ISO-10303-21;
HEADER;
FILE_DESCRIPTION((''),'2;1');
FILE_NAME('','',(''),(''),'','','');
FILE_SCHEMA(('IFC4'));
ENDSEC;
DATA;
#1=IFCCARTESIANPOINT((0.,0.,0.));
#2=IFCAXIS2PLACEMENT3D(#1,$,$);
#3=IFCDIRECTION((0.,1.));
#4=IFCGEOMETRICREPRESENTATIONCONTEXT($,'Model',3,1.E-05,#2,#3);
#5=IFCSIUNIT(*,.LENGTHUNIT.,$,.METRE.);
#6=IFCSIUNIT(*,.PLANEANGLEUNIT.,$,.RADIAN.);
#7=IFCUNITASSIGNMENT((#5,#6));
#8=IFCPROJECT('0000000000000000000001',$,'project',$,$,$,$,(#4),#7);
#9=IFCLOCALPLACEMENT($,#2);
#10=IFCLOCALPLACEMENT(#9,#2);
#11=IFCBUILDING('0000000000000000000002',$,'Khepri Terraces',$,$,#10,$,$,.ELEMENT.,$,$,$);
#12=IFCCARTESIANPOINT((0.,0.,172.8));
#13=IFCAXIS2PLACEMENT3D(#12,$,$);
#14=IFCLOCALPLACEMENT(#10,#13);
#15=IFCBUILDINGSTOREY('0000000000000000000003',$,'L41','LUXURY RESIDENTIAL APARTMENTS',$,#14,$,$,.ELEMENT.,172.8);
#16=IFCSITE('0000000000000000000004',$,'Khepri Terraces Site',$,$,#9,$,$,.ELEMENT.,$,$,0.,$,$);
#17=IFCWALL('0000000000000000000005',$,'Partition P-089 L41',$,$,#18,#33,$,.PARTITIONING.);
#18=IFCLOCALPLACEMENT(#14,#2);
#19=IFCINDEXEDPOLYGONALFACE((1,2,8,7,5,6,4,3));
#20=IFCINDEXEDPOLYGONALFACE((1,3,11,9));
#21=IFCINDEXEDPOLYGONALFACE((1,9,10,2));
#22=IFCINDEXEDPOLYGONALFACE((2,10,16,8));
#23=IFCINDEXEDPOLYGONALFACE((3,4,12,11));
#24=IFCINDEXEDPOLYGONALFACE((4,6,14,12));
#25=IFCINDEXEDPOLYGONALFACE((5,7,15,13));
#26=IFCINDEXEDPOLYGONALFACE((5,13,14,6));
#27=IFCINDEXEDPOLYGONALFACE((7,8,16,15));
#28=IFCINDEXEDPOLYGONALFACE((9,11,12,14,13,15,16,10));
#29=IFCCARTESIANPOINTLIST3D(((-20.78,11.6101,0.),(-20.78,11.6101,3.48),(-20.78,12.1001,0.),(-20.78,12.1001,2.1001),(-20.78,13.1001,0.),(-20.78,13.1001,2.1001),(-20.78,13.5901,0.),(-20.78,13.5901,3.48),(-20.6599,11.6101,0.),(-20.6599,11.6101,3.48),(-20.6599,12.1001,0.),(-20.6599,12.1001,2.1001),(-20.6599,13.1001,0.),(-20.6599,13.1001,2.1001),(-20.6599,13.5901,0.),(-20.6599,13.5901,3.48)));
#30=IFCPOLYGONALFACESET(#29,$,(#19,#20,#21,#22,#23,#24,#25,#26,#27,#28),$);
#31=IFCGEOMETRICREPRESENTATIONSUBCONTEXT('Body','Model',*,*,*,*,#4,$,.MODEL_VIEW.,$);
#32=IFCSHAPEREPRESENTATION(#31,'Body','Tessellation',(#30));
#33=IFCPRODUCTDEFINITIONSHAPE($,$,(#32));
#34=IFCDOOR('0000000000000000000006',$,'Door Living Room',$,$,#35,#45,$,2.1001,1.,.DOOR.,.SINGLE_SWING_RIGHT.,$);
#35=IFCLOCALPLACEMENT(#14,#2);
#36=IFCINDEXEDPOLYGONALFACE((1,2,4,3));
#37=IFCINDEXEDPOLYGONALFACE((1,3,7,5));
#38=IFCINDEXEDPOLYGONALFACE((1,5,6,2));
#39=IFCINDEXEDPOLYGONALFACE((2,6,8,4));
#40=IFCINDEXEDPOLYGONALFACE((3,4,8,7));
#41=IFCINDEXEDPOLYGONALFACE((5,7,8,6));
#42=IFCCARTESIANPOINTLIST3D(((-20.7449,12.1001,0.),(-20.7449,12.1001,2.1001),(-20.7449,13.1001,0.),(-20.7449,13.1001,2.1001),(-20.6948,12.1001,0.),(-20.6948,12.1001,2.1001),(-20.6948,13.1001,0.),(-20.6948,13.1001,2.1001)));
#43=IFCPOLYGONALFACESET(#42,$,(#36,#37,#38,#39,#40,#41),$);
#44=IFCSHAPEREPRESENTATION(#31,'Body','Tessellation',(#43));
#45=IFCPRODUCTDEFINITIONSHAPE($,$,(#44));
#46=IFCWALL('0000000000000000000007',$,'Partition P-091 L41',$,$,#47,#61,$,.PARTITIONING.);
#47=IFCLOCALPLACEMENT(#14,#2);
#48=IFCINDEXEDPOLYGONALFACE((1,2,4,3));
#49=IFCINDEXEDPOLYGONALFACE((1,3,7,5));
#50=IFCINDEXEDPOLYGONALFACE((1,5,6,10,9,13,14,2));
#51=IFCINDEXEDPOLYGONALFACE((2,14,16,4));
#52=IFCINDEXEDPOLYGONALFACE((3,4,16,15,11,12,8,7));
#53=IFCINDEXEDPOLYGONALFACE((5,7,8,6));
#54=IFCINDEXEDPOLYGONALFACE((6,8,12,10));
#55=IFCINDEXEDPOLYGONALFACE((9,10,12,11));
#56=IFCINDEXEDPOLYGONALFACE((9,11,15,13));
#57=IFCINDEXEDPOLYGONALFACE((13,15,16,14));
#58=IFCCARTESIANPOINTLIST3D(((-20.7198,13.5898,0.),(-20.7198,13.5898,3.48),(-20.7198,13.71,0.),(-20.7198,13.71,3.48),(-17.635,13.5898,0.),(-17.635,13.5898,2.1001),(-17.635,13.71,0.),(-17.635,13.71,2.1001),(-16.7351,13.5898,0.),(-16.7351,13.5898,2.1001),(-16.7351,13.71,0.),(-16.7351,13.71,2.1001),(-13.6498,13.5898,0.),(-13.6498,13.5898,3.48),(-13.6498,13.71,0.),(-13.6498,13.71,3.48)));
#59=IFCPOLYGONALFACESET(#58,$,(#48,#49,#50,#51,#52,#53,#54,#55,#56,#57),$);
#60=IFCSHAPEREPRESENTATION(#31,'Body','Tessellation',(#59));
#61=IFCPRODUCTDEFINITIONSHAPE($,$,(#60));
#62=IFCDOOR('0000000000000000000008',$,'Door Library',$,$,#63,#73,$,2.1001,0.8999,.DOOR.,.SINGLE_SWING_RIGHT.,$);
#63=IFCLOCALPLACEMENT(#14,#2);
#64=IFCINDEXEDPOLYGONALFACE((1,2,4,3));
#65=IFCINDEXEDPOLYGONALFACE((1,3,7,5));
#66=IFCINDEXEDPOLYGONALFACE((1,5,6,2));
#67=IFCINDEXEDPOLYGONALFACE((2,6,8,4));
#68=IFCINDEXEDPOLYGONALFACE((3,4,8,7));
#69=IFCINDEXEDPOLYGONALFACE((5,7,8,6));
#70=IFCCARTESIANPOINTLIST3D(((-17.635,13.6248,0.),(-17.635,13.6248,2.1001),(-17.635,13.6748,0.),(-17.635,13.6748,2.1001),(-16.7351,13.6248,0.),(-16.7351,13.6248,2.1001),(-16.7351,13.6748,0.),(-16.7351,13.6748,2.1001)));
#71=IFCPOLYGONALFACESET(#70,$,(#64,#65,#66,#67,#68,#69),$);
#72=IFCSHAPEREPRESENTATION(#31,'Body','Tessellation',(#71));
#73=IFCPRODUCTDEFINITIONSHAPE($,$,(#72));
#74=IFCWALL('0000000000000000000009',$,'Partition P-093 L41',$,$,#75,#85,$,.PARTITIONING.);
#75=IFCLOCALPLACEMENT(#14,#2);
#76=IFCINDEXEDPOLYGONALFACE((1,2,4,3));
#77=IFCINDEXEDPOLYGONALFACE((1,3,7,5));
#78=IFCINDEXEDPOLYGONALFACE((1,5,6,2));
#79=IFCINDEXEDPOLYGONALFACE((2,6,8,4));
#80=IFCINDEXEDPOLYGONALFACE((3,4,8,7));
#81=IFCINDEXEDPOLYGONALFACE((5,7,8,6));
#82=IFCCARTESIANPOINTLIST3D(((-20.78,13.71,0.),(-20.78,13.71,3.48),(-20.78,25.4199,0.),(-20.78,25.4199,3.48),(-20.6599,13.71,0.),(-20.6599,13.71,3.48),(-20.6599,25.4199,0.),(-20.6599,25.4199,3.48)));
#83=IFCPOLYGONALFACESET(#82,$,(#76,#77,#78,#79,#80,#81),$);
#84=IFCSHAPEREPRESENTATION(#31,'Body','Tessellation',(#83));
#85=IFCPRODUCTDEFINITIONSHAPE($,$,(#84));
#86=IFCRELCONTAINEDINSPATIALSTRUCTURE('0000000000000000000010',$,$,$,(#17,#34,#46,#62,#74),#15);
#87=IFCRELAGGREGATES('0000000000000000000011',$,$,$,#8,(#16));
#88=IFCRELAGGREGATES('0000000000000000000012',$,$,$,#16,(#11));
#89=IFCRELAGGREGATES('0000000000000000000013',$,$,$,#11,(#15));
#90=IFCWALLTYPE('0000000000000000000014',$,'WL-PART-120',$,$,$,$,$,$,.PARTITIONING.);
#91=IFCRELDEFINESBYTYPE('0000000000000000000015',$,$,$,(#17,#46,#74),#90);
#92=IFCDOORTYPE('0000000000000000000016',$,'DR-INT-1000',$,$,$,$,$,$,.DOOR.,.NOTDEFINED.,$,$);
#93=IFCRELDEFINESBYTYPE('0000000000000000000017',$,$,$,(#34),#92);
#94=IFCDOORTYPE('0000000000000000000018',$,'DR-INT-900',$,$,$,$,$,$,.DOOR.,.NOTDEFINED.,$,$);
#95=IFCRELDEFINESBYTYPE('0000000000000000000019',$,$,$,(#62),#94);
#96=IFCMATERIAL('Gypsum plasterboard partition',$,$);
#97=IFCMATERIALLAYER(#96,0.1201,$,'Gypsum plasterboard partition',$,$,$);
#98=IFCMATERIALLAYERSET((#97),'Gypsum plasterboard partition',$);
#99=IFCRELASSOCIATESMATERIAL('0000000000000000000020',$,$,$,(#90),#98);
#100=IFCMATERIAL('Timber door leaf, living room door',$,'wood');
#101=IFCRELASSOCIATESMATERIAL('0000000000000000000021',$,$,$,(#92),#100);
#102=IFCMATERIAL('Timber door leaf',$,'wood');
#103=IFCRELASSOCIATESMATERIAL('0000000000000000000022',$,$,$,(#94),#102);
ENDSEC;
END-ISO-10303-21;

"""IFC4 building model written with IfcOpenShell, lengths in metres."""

from ifc_helpers import new_model, si_unit, direction, frame, frame_2d, origin, place, context, subcontext, project, spatial, rectangle, extrude, material, layer, layer_set, type_object, element, fill, save


model = new_model("IFC4")

# Units and contexts
model_context = context("Model", 3, precision=1e-05, world=origin(), true_north=direction((0.0, 1.0)))
body_context = subcontext(model_context, "Body", "Model", "MODEL_VIEW")
ifc_project = project(units=[si_unit("LENGTHUNIT", "METRE"), si_unit("PLANEANGLEUNIT", "RADIAN")], contexts=[model_context])

# Site, building, storey
site_placement = place(None, origin())
site = spatial("IfcSite", under=ifc_project, at=site_placement, Name="Khepri Terraces Site", CompositionType="ELEMENT", RefElevation=0.0)
building_placement = place(site_placement, origin())
building = spatial("IfcBuilding", under=site, at=building_placement, Name="Khepri Terraces", CompositionType="ELEMENT")
storey_placement = place(building_placement, frame((0.0, 0.0, 172.8)))
storey = spatial("IfcBuildingStorey", under=building, at=storey_placement, Name="L41", Description="LUXURY RESIDENTIAL APARTMENTS", CompositionType="ELEMENT", Elevation=172.8)

# Shared definitions
ifc_material_1 = material(Name="Gypsum plasterboard partition")
ifc_layer_1 = layer(ifc_material_1, 0.1201, Name="Gypsum plasterboard partition")
ifc_layer_set_1 = layer_set([ifc_layer_1], Name="Gypsum plasterboard partition")
wall_type_1 = type_object("IfcWallType", Name="WL-PART-120", PredefinedType="PARTITIONING", material=ifc_layer_set_1)

# Walls, openings, doors
wall_1_placement = place(storey_placement, frame((-20.72, 11.6101, 0.0), z_axis=(0.0, 0.0, 1.0), x_axis=(0.0, 1.0, 0.0)))
wall_1 = element("IfcWall", 1, at=wall_1_placement, inside=storey, type_object=wall_type_1, Name="Partition P-089 L41", PredefinedType="PARTITIONING", context=body_context, shape_type="SweptSolid", body=[
    extrude(rectangle(XDim=1.98, YDim=0.1201, at=frame_2d((0.99, 0.0))), origin(), (0.0, 0.0, 1.0), 3.48),
])
opening_1_placement = place(wall_1_placement, frame((0.49, 0.0, 0.0)))
opening_1 = element("IfcOpeningElement", 2, at=opening_1_placement, cuts=wall_1, PredefinedType="OPENING", context=body_context, shape_type="SweptSolid", body=[
    extrude(rectangle(XDim=1.0, YDim=2.1001, at=frame_2d((0.5, 1.05))), frame((0.0, 0.0701, 0.0), z_axis=(0.0, -1.0, 0.0), x_axis=(1.0, 0.0, 0.0)), (0.0, 0.0, 1.0), 0.1401),
])
ifc_material_2 = material(Name="Timber door leaf, living room door", Category="wood")
door_type_1 = type_object("IfcDoorType", Name="DR-INT-1000", OperationType="NOTDEFINED", PredefinedType="DOOR", material=ifc_material_2)
door_1_placement = place(opening_1_placement, origin())
door_1 = element("IfcDoor", 3, at=door_1_placement, inside=storey, type_object=door_type_1, Name="Door Living Room", OperationType="SINGLE_SWING_RIGHT", OverallHeight=2.1001, OverallWidth=1.0, PredefinedType="DOOR", context=body_context, shape_type="SweptSolid", body=[
    extrude(rectangle(XDim=1.0, YDim=2.1001, at=frame_2d((0.5, 1.05))), frame((0.0, 0.0249, 0.0), z_axis=(0.0, -1.0, 0.0), x_axis=(1.0, 0.0, 0.0)), (0.0, 0.0, 1.0), 0.05),
])
fill(opening_1, door_1)
wall_2_placement = place(storey_placement, frame((-20.72, 13.6499, 0.0), z_axis=(0.0, 0.0, 1.0), x_axis=(1.0, 0.0, 0.0)))
wall_2 = element("IfcWall", 4, at=wall_2_placement, inside=storey, type_object=wall_type_1, Name="Partition P-091 L41", PredefinedType="PARTITIONING", context=body_context, shape_type="SweptSolid", body=[
    extrude(rectangle(XDim=7.0701, YDim=0.1201, at=frame_2d((3.5352, 0.0))), origin(), (0.0, 0.0, 1.0), 3.48),
])
opening_2_placement = place(wall_2_placement, frame((3.085, 0.0, 0.0)))
opening_2 = element("IfcOpeningElement", 5, at=opening_2_placement, cuts=wall_2, PredefinedType="OPENING", context=body_context, shape_type="SweptSolid", body=[
    extrude(rectangle(XDim=0.8999, YDim=2.1001, at=frame_2d((0.45, 1.05))), frame((0.0, 0.0701, 0.0), z_axis=(0.0, -1.0, 0.0), x_axis=(1.0, 0.0, 0.0)), (0.0, 0.0, 1.0), 0.1401),
])
ifc_material_3 = material(Name="Timber door leaf", Category="wood")
door_type_2 = type_object("IfcDoorType", Name="DR-INT-900", OperationType="NOTDEFINED", PredefinedType="DOOR", material=ifc_material_3)
door_2_placement = place(opening_2_placement, origin())
door_2 = element("IfcDoor", 6, at=door_2_placement, inside=storey, type_object=door_type_2, Name="Door Library", OperationType="SINGLE_SWING_RIGHT", OverallHeight=2.1001, OverallWidth=0.8999, PredefinedType="DOOR", context=body_context, shape_type="SweptSolid", body=[
    extrude(rectangle(XDim=0.8999, YDim=2.1001, at=frame_2d((0.45, 1.05))), frame((0.0, 0.0249, 0.0), z_axis=(0.0, -1.0, 0.0), x_axis=(1.0, 0.0, 0.0)), (0.0, 0.0, 1.0), 0.05),
])
fill(opening_2, door_2)

# Wall
wall_3_placement = place(storey_placement, frame((-20.72, 13.71, 0.0), z_axis=(0.0, 0.0, 1.0), x_axis=(0.0, 1.0, 0.0)))
element("IfcWall", 7, at=wall_3_placement, inside=storey, type_object=wall_type_1, Name="Partition P-093 L41", PredefinedType="PARTITIONING", context=body_context, shape_type="SweptSolid", body=[
    extrude(rectangle(XDim=11.71, YDim=0.1201, at=frame_2d((5.855, 0.0))), origin(), (0.0, 0.0, 1.0), 3.48),
])

save(model, "model.ifc")
